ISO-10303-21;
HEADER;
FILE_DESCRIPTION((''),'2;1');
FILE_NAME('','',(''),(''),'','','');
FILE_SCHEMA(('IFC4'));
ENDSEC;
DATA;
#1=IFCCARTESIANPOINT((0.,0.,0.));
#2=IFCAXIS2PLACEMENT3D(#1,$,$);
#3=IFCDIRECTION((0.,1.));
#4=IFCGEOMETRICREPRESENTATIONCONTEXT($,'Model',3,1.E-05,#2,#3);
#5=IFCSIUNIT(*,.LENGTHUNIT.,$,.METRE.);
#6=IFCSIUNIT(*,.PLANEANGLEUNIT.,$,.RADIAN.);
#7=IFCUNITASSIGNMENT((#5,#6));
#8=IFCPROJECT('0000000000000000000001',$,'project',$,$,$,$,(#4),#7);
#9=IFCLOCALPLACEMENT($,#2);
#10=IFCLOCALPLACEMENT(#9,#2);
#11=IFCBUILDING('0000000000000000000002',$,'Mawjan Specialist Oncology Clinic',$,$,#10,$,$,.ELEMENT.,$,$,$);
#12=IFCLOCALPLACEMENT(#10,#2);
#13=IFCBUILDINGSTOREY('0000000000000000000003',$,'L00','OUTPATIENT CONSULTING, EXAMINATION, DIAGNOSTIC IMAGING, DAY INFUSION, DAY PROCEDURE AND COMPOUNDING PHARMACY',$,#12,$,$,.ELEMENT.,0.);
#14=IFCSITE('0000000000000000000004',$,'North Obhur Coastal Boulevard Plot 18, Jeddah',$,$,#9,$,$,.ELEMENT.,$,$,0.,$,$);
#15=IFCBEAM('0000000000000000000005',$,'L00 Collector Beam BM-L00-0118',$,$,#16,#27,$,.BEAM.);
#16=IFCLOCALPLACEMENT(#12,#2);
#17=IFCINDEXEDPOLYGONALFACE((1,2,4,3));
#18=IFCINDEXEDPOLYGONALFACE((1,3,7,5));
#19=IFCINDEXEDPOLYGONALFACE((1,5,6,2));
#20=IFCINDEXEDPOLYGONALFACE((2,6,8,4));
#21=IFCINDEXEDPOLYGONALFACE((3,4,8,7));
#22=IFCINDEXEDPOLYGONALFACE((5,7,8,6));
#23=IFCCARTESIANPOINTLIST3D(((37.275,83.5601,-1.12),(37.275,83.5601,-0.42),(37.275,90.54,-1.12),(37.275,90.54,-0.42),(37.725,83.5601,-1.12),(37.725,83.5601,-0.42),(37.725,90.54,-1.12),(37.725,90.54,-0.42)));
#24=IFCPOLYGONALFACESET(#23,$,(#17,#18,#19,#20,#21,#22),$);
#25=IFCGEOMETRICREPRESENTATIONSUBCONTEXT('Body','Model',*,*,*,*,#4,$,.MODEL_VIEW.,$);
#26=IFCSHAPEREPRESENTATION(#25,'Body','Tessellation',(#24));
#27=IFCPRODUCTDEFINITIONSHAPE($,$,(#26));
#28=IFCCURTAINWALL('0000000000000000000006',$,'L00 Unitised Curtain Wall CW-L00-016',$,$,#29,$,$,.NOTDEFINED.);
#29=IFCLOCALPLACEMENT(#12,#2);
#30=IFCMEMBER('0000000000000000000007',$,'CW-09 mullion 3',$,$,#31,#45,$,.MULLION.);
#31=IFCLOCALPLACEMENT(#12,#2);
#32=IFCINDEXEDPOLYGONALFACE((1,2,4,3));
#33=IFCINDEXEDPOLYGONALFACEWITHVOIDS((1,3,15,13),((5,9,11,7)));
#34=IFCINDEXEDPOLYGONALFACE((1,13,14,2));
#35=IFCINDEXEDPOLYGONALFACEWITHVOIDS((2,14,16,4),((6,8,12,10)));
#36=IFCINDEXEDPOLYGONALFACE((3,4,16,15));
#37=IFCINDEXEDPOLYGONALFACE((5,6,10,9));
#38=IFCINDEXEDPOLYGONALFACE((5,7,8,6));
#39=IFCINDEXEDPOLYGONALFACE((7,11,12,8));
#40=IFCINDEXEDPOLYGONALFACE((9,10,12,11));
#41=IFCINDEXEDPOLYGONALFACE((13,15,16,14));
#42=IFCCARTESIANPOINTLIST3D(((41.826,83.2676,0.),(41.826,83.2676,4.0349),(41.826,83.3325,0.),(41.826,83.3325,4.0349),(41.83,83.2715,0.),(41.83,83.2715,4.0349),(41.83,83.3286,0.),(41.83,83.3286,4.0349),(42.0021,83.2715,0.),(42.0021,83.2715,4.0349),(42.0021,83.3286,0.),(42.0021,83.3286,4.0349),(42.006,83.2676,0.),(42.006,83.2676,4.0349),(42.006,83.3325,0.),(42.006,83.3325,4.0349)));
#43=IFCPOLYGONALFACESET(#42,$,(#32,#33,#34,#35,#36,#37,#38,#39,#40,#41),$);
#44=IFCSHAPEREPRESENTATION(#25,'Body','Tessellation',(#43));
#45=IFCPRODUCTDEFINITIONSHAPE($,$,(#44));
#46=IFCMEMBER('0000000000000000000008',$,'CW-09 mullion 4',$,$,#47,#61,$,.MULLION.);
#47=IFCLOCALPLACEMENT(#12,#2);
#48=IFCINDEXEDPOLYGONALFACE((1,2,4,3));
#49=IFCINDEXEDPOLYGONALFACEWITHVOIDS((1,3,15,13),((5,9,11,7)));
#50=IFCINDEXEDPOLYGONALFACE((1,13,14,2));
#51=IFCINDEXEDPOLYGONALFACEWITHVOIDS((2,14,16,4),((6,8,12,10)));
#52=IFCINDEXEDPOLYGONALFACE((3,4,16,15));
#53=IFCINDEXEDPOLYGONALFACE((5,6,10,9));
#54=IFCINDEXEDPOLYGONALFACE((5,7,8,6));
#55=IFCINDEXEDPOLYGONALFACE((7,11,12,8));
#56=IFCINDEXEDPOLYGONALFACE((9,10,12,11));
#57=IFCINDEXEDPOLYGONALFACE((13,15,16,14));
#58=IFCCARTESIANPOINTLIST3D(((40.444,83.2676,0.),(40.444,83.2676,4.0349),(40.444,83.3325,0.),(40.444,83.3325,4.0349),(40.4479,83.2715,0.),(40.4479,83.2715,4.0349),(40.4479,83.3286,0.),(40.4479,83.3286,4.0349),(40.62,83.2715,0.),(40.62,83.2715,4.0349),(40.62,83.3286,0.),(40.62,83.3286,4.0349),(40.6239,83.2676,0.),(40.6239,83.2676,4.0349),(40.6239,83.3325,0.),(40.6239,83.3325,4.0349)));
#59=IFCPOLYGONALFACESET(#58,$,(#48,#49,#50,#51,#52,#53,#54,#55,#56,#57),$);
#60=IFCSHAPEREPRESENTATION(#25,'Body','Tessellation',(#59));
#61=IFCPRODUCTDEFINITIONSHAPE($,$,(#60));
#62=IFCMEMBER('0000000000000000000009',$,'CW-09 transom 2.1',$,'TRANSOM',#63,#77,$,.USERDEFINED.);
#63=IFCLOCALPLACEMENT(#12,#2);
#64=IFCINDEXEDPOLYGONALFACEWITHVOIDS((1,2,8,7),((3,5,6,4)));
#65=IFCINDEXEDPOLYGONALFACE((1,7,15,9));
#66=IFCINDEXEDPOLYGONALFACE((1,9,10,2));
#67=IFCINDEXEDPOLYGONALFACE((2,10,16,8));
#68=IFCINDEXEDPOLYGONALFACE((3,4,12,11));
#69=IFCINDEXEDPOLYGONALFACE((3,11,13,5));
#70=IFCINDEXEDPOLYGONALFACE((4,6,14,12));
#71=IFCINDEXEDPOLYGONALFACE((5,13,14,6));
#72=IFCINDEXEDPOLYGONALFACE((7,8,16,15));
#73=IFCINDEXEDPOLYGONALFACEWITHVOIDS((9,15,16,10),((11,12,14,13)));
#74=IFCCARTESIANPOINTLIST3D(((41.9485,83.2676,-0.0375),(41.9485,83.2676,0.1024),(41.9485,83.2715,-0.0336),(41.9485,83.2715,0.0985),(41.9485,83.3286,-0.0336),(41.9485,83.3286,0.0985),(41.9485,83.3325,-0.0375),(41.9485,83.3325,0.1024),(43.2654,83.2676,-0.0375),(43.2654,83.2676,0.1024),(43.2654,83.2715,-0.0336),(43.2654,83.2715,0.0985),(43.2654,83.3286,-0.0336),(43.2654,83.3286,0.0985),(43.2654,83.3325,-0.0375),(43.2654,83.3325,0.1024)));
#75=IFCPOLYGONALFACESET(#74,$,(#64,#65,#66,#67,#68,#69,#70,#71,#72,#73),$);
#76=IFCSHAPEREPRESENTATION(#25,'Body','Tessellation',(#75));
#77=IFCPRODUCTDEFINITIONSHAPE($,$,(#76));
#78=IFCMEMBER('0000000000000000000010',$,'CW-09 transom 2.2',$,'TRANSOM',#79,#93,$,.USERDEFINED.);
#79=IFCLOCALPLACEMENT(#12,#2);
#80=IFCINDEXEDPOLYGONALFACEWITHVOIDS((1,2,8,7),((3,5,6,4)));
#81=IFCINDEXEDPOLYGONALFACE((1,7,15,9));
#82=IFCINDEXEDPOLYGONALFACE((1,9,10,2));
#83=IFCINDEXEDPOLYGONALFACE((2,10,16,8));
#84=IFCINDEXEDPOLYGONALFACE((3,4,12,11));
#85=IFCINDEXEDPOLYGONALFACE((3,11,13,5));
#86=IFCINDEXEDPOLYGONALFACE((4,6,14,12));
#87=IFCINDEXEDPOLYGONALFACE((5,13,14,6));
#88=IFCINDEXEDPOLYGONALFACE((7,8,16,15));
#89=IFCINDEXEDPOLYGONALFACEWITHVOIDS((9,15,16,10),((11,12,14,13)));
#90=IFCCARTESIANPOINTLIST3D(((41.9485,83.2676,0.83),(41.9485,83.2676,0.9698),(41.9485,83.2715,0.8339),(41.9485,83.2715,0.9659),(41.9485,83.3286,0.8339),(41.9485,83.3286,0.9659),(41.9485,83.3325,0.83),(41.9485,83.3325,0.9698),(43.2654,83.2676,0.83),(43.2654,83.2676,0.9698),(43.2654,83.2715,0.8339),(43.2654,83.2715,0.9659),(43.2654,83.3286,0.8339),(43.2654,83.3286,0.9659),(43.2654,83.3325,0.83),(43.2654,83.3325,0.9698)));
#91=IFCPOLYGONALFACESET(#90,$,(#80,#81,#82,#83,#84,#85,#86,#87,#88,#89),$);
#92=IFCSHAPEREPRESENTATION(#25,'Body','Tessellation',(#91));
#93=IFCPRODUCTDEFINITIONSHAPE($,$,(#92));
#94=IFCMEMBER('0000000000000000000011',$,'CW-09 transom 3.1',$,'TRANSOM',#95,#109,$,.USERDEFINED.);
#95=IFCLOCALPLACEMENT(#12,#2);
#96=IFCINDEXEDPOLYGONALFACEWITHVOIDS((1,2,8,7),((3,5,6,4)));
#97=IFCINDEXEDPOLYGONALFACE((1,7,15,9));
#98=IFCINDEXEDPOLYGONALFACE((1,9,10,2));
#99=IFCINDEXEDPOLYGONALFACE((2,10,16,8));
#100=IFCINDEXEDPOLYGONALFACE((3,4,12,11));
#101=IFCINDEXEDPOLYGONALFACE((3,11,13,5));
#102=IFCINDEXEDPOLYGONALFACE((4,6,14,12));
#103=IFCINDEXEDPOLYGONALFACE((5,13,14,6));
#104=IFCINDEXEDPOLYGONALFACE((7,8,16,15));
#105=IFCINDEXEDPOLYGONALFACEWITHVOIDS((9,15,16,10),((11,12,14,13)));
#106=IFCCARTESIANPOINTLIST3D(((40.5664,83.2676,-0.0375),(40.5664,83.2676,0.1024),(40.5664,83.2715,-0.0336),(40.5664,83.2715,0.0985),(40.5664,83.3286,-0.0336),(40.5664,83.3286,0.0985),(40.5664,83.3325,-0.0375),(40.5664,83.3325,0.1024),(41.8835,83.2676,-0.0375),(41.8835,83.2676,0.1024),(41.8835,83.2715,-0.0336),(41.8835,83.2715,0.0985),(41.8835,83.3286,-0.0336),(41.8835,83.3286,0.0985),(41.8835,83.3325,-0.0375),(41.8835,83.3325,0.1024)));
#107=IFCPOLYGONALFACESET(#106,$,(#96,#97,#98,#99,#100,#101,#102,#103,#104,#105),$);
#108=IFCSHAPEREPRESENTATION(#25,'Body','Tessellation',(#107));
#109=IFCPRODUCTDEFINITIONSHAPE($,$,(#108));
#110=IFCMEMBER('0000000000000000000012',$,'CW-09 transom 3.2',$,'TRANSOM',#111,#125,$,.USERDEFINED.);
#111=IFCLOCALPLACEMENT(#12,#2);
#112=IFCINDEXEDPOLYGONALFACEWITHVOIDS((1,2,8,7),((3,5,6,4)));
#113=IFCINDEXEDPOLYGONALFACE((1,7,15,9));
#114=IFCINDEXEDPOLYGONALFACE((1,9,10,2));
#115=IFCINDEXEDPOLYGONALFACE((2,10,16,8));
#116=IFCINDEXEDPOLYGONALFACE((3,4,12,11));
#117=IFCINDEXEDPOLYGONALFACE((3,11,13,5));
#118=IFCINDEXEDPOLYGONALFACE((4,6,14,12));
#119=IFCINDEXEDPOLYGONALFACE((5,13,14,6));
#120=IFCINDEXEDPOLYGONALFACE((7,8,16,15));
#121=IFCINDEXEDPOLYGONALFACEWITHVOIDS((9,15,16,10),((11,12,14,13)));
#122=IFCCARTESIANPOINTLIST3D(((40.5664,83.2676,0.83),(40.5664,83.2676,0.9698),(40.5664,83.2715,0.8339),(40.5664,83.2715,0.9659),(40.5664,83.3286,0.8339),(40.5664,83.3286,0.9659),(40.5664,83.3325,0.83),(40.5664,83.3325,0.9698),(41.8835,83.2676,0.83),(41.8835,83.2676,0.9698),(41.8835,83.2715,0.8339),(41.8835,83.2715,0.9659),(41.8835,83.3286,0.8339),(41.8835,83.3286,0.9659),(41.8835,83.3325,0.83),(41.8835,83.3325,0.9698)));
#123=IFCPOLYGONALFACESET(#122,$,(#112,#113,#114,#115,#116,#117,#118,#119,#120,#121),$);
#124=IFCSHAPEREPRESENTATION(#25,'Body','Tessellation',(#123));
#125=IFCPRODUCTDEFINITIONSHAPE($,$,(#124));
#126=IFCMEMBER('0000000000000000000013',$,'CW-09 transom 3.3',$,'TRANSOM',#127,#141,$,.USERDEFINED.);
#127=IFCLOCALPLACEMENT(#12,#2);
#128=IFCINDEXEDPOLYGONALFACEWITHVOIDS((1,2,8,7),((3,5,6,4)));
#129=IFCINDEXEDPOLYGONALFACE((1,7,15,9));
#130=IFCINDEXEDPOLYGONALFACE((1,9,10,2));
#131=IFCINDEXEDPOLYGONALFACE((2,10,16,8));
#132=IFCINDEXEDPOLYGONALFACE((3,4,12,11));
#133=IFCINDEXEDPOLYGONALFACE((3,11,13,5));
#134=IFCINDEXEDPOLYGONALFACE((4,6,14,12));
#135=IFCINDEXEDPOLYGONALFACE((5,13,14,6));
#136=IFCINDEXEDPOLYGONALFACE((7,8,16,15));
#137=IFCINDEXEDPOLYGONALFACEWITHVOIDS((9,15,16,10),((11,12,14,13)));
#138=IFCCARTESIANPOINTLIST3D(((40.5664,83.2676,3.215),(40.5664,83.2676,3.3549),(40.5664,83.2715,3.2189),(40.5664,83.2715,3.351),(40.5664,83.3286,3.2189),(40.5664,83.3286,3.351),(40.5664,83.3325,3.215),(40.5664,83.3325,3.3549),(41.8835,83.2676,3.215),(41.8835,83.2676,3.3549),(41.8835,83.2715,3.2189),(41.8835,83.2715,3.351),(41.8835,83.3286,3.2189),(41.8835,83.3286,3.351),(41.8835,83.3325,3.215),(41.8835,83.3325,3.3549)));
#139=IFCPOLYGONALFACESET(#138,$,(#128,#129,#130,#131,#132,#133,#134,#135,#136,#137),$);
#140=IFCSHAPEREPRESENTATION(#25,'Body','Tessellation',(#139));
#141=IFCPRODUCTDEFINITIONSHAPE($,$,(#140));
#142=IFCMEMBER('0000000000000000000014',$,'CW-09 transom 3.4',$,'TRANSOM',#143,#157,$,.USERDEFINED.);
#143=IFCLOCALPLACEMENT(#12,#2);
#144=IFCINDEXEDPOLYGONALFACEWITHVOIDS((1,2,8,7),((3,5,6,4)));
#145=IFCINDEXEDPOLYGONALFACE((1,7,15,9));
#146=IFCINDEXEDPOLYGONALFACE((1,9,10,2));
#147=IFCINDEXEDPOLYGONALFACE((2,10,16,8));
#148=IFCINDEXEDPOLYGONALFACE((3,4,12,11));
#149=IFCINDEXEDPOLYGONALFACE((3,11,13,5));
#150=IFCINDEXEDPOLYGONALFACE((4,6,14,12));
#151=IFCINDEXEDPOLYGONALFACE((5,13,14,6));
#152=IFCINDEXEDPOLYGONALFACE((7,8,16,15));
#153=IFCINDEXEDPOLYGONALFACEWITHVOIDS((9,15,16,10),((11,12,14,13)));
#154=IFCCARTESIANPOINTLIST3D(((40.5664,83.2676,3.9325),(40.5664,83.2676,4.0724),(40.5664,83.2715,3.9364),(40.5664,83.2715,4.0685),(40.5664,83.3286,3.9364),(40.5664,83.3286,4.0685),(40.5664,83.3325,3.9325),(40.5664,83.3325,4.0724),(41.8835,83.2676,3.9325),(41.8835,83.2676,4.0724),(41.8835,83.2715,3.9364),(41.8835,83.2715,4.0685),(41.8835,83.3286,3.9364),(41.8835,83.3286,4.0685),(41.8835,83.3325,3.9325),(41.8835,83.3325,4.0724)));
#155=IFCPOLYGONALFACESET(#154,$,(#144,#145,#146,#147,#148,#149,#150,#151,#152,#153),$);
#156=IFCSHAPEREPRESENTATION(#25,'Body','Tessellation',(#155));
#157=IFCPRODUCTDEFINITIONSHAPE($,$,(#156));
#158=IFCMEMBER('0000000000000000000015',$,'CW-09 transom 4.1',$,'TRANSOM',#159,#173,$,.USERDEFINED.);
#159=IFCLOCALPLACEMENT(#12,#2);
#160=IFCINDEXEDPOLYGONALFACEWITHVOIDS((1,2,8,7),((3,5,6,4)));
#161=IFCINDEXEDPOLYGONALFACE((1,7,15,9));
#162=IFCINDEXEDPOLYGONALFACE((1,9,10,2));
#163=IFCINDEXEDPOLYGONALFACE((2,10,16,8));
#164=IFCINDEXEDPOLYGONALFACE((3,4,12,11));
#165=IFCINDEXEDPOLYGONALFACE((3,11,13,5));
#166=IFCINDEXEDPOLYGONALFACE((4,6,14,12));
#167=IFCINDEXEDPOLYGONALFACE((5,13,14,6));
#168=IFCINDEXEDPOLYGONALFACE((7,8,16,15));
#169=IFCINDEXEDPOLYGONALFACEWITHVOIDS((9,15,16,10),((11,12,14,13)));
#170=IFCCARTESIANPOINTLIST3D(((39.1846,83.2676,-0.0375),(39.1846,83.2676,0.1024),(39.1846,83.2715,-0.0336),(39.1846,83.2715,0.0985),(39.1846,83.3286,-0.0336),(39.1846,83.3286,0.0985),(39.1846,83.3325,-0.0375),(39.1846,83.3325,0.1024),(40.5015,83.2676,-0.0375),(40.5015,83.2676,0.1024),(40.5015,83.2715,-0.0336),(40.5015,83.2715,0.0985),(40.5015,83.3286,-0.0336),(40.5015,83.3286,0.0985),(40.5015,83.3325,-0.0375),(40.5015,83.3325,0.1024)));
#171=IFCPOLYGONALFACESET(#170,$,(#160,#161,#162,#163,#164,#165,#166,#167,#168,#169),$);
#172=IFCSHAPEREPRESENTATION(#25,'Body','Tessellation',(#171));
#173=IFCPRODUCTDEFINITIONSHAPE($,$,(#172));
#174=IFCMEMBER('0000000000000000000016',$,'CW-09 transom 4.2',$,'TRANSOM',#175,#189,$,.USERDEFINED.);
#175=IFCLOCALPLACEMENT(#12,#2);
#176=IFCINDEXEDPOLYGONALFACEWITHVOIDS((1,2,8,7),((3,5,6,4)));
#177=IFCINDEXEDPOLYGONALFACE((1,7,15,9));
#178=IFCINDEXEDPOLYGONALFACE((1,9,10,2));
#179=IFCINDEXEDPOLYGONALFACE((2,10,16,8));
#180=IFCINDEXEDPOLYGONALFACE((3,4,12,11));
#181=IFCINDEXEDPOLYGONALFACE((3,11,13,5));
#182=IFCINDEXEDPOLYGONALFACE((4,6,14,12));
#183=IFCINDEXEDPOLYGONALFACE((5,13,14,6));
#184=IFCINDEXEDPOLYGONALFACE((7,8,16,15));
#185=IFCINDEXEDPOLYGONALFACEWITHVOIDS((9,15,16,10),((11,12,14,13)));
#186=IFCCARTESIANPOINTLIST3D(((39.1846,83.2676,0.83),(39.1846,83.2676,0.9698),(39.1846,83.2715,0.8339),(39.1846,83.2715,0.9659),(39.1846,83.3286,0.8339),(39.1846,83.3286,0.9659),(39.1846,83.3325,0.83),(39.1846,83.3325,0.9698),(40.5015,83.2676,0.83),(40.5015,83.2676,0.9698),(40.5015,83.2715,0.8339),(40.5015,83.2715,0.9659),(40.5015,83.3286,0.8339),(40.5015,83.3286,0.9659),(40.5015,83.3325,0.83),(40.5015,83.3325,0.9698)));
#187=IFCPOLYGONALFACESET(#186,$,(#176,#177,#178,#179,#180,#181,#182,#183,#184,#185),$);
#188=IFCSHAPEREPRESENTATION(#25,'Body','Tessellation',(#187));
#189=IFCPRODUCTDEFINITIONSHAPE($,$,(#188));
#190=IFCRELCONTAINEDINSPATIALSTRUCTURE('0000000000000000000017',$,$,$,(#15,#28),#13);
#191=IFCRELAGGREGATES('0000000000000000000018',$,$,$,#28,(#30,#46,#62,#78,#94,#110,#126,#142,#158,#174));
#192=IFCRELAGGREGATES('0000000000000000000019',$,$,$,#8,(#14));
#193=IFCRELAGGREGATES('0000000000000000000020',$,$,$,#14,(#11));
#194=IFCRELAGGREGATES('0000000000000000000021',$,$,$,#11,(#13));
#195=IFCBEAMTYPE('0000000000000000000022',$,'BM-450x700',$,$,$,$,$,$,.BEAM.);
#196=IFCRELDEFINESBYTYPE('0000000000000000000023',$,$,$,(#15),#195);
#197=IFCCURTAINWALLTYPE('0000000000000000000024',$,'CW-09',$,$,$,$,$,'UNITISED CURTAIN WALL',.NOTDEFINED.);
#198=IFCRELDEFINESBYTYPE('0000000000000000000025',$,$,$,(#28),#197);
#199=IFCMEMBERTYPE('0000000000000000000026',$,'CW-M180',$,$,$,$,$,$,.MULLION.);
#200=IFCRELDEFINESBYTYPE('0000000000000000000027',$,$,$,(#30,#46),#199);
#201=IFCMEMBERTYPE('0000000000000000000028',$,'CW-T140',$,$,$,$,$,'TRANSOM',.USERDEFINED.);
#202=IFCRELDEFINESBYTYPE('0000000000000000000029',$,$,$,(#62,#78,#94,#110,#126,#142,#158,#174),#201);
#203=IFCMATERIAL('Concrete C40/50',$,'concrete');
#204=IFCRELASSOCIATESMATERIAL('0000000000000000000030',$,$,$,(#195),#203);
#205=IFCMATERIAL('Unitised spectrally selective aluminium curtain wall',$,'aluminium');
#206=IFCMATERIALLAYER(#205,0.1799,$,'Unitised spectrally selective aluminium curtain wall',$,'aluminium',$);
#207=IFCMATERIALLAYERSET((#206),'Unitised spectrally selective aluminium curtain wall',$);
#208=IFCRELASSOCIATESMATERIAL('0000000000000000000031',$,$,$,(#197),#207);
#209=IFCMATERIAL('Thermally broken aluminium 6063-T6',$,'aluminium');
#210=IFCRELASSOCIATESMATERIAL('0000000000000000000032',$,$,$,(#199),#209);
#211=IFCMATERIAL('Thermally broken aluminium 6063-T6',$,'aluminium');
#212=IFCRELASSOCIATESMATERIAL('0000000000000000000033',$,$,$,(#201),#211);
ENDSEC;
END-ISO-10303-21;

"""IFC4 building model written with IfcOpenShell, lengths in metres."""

from ifc_helpers import new_model, si_unit, direction, frame, origin, origin_2d, place, context, subcontext, project, spatial, rectangle, hollow_rectangle, extrude, material, layer, layer_set, material_profile, profile_set, type_object, element, aggregate, save


model = new_model("IFC4")

# Units and contexts
model_context = context("Model", 3, precision=1e-05, world=origin(), true_north=direction((0.0, 1.0)))
body_context = subcontext(model_context, "Body", "Model", "MODEL_VIEW")
ifc_project = project(units=[si_unit("LENGTHUNIT", "METRE"), si_unit("PLANEANGLEUNIT", "RADIAN")], contexts=[model_context])

# Site, building, storey
site_placement = place(None, origin())
site = spatial("IfcSite", under=ifc_project, at=site_placement, Name="North Obhur Coastal Boulevard Plot 18, Jeddah", CompositionType="ELEMENT", RefElevation=0.0)
building_placement = place(site_placement, origin())
building = spatial("IfcBuilding", under=site, at=building_placement, Name="Mawjan Specialist Oncology Clinic", CompositionType="ELEMENT")
storey_placement = place(building_placement, origin())
storey = spatial("IfcBuildingStorey", under=building, at=storey_placement, Name="L00", Description="OUTPATIENT CONSULTING, EXAMINATION, DIAGNOSTIC IMAGING, DAY INFUSION, DAY PROCEDURE AND COMPOUNDING PHARMACY", CompositionType="ELEMENT", Elevation=0.0)

# Beam
ifc_material_1 = material(Name="Concrete C40/50", Category="concrete")
ifc_material_profile_1 = material_profile(ifc_material_1, rectangle(XDim=0.45, YDim=0.7, at=origin_2d()), Name="RC BM 450x700", Category="concrete")
ifc_profile_set_1 = profile_set([ifc_material_profile_1], Name="Concrete C40/50")
beam_type = type_object("IfcBeamType", Name="BM-450x700", PredefinedType="BEAM", material=ifc_profile_set_1)
beam_placement = place(storey_placement, frame((37.5, 83.5601, -0.77), z_axis=(0.0, 1.0, 0.0), x_axis=(-1.0, 0.0, 0.0)))
element("IfcBeam", 1, at=beam_placement, inside=storey, type_object=beam_type, Name="L00 Collector Beam BM-L00-0118", PredefinedType="BEAM", context=body_context, shape_type="SweptSolid", body=[
    extrude(rectangle(XDim=0.45, YDim=0.7, at=origin_2d()), origin(), (0.0, 0.0, 1.0), 6.98),
])

# Curtain wall, members
ifc_material_2 = material(Name="Unitised spectrally selective aluminium curtain wall", Category="aluminium")
ifc_layer_1 = layer(ifc_material_2, 0.1799, Name="Unitised spectrally selective aluminium curtain wall", Category="aluminium")
ifc_layer_set_1 = layer_set([ifc_layer_1], Name="Unitised spectrally selective aluminium curtain wall")
curtain_wall_type = type_object("IfcCurtainWallType", Name="CW-09", ElementType="UNITISED CURTAIN WALL", PredefinedType="NOTDEFINED", material=ifc_layer_set_1)
curtain_wall_placement = place(storey_placement, origin())
curtain_wall = element("IfcCurtainWall", 2, at=curtain_wall_placement, inside=storey, type_object=curtain_wall_type, Name="L00 Unitised Curtain Wall CW-L00-016", PredefinedType="NOTDEFINED")
ifc_material_3 = material(Name="Thermally broken aluminium 6063-T6", Category="aluminium")
ifc_material_profile_2 = material_profile(ifc_material_3, hollow_rectangle(XDim=0.0649, YDim=0.1799, WallThickness=0.0039, at=origin_2d()), Name="ALU MULLION 180x65x4", Category="aluminium")
ifc_profile_set_2 = profile_set([ifc_material_profile_2], Name="Thermally broken aluminium 6063-T6")
member_type_1 = type_object("IfcMemberType", Name="CW-M180", PredefinedType="MULLION", material=ifc_profile_set_2)
member_1_placement = place(storey_placement, frame((41.916, 83.3, 0.0), z_axis=(0.0, 0.0, 1.0), x_axis=(0.0, -1.0, 0.0)))
member_1 = element("IfcMember", 3, at=member_1_placement, type_object=member_type_1, Name="CW-09 mullion 3", PredefinedType="MULLION", context=body_context, shape_type="SweptSolid", body=[
    extrude(hollow_rectangle(XDim=0.0649, YDim=0.1799, WallThickness=0.0039, at=origin_2d()), origin(), (0.0, 0.0, 1.0), 4.0349),
])
member_2_placement = place(storey_placement, frame((40.5339, 83.3, 0.0), z_axis=(0.0, 0.0, 1.0), x_axis=(0.0, -1.0, 0.0)))
member_2 = element("IfcMember", 4, at=member_2_placement, type_object=member_type_1, Name="CW-09 mullion 4", PredefinedType="MULLION", context=body_context, shape_type="SweptSolid", body=[
    extrude(hollow_rectangle(XDim=0.0649, YDim=0.1799, WallThickness=0.0039, at=origin_2d()), origin(), (0.0, 0.0, 1.0), 4.0349),
])
ifc_material_4 = material(Name="Thermally broken aluminium 6063-T6", Category="aluminium")
ifc_material_profile_3 = material_profile(ifc_material_4, hollow_rectangle(XDim=0.0649, YDim=0.1399, WallThickness=0.0039, at=origin_2d()), Name="ALU TRANSOM 140x65x4", Category="aluminium")
ifc_profile_set_3 = profile_set([ifc_material_profile_3], Name="Thermally broken aluminium 6063-T6")
member_type_2 = type_object("IfcMemberType", Name="CW-T140", ElementType="TRANSOM", PredefinedType="USERDEFINED", material=ifc_profile_set_3)
member_3_placement = place(storey_placement, frame((43.2654, 83.3, 0.0325), z_axis=(-1.0, 0.0, 0.0), x_axis=(0.0, -1.0, 0.0)))
member_3 = element("IfcMember", 5, at=member_3_placement, type_object=member_type_2, Name="CW-09 transom 2.1", ObjectType="TRANSOM", PredefinedType="USERDEFINED", context=body_context, shape_type="SweptSolid", body=[
    extrude(hollow_rectangle(XDim=0.0649, YDim=0.1399, WallThickness=0.0039, at=origin_2d()), origin(), (0.0, 0.0, 1.0), 1.3169),
])
member_4_placement = place(storey_placement, frame((43.2654, 83.3, 0.8999), z_axis=(-1.0, 0.0, 0.0), x_axis=(0.0, -1.0, 0.0)))
member_4 = element("IfcMember", 6, at=member_4_placement, type_object=member_type_2, Name="CW-09 transom 2.2", ObjectType="TRANSOM", PredefinedType="USERDEFINED", context=body_context, shape_type="SweptSolid", body=[
    extrude(hollow_rectangle(XDim=0.0649, YDim=0.1399, WallThickness=0.0039, at=origin_2d()), origin(), (0.0, 0.0, 1.0), 1.3169),
])
member_5_placement = place(storey_placement, frame((41.8835, 83.3, 0.0325), z_axis=(-1.0, 0.0, 0.0), x_axis=(0.0, -1.0, 0.0)))
member_5 = element("IfcMember", 7, at=member_5_placement, type_object=member_type_2, Name="CW-09 transom 3.1", ObjectType="TRANSOM", PredefinedType="USERDEFINED", context=body_context, shape_type="SweptSolid", body=[
    extrude(hollow_rectangle(XDim=0.0649, YDim=0.1399, WallThickness=0.0039, at=origin_2d()), origin(), (0.0, 0.0, 1.0), 1.3171),
])
member_6_placement = place(storey_placement, frame((41.8835, 83.3, 0.8999), z_axis=(-1.0, 0.0, 0.0), x_axis=(0.0, -1.0, 0.0)))
member_6 = element("IfcMember", 8, at=member_6_placement, type_object=member_type_2, Name="CW-09 transom 3.2", ObjectType="TRANSOM", PredefinedType="USERDEFINED", context=body_context, shape_type="SweptSolid", body=[
    extrude(hollow_rectangle(XDim=0.0649, YDim=0.1399, WallThickness=0.0039, at=origin_2d()), origin(), (0.0, 0.0, 1.0), 1.3171),
])
member_7_placement = place(storey_placement, frame((41.8835, 83.3, 3.2849), z_axis=(-1.0, 0.0, 0.0), x_axis=(0.0, -1.0, 0.0)))
member_7 = element("IfcMember", 9, at=member_7_placement, type_object=member_type_2, Name="CW-09 transom 3.3", ObjectType="TRANSOM", PredefinedType="USERDEFINED", context=body_context, shape_type="SweptSolid", body=[
    extrude(hollow_rectangle(XDim=0.0649, YDim=0.1399, WallThickness=0.0039, at=origin_2d()), origin(), (0.0, 0.0, 1.0), 1.3171),
])
member_8_placement = place(storey_placement, frame((41.8835, 83.3, 4.0024), z_axis=(-1.0, 0.0, 0.0), x_axis=(0.0, -1.0, 0.0)))
member_8 = element("IfcMember", 10, at=member_8_placement, type_object=member_type_2, Name="CW-09 transom 3.4", ObjectType="TRANSOM", PredefinedType="USERDEFINED", context=body_context, shape_type="SweptSolid", body=[
    extrude(hollow_rectangle(XDim=0.0649, YDim=0.1399, WallThickness=0.0039, at=origin_2d()), origin(), (0.0, 0.0, 1.0), 1.3171),
])
member_9_placement = place(storey_placement, frame((40.5015, 83.3, 0.0325), z_axis=(-1.0, 0.0, 0.0), x_axis=(0.0, -1.0, 0.0)))
member_9 = element("IfcMember", 11, at=member_9_placement, type_object=member_type_2, Name="CW-09 transom 4.1", ObjectType="TRANSOM", PredefinedType="USERDEFINED", context=body_context, shape_type="SweptSolid", body=[
    extrude(hollow_rectangle(XDim=0.0649, YDim=0.1399, WallThickness=0.0039, at=origin_2d()), origin(), (0.0, 0.0, 1.0), 1.3169),
])
member_10_placement = place(storey_placement, frame((40.5015, 83.3, 0.8999), z_axis=(-1.0, 0.0, 0.0), x_axis=(0.0, -1.0, 0.0)))
member_10 = element("IfcMember", 12, at=member_10_placement, type_object=member_type_2, Name="CW-09 transom 4.2", ObjectType="TRANSOM", PredefinedType="USERDEFINED", context=body_context, shape_type="SweptSolid", body=[
    extrude(hollow_rectangle(XDim=0.0649, YDim=0.1399, WallThickness=0.0039, at=origin_2d()), origin(), (0.0, 0.0, 1.0), 1.3169),
])
aggregate(curtain_wall, [member_1, member_2, member_3, member_4, member_5, member_6, member_7, member_8, member_9, member_10])

save(model, "model.ifc")
